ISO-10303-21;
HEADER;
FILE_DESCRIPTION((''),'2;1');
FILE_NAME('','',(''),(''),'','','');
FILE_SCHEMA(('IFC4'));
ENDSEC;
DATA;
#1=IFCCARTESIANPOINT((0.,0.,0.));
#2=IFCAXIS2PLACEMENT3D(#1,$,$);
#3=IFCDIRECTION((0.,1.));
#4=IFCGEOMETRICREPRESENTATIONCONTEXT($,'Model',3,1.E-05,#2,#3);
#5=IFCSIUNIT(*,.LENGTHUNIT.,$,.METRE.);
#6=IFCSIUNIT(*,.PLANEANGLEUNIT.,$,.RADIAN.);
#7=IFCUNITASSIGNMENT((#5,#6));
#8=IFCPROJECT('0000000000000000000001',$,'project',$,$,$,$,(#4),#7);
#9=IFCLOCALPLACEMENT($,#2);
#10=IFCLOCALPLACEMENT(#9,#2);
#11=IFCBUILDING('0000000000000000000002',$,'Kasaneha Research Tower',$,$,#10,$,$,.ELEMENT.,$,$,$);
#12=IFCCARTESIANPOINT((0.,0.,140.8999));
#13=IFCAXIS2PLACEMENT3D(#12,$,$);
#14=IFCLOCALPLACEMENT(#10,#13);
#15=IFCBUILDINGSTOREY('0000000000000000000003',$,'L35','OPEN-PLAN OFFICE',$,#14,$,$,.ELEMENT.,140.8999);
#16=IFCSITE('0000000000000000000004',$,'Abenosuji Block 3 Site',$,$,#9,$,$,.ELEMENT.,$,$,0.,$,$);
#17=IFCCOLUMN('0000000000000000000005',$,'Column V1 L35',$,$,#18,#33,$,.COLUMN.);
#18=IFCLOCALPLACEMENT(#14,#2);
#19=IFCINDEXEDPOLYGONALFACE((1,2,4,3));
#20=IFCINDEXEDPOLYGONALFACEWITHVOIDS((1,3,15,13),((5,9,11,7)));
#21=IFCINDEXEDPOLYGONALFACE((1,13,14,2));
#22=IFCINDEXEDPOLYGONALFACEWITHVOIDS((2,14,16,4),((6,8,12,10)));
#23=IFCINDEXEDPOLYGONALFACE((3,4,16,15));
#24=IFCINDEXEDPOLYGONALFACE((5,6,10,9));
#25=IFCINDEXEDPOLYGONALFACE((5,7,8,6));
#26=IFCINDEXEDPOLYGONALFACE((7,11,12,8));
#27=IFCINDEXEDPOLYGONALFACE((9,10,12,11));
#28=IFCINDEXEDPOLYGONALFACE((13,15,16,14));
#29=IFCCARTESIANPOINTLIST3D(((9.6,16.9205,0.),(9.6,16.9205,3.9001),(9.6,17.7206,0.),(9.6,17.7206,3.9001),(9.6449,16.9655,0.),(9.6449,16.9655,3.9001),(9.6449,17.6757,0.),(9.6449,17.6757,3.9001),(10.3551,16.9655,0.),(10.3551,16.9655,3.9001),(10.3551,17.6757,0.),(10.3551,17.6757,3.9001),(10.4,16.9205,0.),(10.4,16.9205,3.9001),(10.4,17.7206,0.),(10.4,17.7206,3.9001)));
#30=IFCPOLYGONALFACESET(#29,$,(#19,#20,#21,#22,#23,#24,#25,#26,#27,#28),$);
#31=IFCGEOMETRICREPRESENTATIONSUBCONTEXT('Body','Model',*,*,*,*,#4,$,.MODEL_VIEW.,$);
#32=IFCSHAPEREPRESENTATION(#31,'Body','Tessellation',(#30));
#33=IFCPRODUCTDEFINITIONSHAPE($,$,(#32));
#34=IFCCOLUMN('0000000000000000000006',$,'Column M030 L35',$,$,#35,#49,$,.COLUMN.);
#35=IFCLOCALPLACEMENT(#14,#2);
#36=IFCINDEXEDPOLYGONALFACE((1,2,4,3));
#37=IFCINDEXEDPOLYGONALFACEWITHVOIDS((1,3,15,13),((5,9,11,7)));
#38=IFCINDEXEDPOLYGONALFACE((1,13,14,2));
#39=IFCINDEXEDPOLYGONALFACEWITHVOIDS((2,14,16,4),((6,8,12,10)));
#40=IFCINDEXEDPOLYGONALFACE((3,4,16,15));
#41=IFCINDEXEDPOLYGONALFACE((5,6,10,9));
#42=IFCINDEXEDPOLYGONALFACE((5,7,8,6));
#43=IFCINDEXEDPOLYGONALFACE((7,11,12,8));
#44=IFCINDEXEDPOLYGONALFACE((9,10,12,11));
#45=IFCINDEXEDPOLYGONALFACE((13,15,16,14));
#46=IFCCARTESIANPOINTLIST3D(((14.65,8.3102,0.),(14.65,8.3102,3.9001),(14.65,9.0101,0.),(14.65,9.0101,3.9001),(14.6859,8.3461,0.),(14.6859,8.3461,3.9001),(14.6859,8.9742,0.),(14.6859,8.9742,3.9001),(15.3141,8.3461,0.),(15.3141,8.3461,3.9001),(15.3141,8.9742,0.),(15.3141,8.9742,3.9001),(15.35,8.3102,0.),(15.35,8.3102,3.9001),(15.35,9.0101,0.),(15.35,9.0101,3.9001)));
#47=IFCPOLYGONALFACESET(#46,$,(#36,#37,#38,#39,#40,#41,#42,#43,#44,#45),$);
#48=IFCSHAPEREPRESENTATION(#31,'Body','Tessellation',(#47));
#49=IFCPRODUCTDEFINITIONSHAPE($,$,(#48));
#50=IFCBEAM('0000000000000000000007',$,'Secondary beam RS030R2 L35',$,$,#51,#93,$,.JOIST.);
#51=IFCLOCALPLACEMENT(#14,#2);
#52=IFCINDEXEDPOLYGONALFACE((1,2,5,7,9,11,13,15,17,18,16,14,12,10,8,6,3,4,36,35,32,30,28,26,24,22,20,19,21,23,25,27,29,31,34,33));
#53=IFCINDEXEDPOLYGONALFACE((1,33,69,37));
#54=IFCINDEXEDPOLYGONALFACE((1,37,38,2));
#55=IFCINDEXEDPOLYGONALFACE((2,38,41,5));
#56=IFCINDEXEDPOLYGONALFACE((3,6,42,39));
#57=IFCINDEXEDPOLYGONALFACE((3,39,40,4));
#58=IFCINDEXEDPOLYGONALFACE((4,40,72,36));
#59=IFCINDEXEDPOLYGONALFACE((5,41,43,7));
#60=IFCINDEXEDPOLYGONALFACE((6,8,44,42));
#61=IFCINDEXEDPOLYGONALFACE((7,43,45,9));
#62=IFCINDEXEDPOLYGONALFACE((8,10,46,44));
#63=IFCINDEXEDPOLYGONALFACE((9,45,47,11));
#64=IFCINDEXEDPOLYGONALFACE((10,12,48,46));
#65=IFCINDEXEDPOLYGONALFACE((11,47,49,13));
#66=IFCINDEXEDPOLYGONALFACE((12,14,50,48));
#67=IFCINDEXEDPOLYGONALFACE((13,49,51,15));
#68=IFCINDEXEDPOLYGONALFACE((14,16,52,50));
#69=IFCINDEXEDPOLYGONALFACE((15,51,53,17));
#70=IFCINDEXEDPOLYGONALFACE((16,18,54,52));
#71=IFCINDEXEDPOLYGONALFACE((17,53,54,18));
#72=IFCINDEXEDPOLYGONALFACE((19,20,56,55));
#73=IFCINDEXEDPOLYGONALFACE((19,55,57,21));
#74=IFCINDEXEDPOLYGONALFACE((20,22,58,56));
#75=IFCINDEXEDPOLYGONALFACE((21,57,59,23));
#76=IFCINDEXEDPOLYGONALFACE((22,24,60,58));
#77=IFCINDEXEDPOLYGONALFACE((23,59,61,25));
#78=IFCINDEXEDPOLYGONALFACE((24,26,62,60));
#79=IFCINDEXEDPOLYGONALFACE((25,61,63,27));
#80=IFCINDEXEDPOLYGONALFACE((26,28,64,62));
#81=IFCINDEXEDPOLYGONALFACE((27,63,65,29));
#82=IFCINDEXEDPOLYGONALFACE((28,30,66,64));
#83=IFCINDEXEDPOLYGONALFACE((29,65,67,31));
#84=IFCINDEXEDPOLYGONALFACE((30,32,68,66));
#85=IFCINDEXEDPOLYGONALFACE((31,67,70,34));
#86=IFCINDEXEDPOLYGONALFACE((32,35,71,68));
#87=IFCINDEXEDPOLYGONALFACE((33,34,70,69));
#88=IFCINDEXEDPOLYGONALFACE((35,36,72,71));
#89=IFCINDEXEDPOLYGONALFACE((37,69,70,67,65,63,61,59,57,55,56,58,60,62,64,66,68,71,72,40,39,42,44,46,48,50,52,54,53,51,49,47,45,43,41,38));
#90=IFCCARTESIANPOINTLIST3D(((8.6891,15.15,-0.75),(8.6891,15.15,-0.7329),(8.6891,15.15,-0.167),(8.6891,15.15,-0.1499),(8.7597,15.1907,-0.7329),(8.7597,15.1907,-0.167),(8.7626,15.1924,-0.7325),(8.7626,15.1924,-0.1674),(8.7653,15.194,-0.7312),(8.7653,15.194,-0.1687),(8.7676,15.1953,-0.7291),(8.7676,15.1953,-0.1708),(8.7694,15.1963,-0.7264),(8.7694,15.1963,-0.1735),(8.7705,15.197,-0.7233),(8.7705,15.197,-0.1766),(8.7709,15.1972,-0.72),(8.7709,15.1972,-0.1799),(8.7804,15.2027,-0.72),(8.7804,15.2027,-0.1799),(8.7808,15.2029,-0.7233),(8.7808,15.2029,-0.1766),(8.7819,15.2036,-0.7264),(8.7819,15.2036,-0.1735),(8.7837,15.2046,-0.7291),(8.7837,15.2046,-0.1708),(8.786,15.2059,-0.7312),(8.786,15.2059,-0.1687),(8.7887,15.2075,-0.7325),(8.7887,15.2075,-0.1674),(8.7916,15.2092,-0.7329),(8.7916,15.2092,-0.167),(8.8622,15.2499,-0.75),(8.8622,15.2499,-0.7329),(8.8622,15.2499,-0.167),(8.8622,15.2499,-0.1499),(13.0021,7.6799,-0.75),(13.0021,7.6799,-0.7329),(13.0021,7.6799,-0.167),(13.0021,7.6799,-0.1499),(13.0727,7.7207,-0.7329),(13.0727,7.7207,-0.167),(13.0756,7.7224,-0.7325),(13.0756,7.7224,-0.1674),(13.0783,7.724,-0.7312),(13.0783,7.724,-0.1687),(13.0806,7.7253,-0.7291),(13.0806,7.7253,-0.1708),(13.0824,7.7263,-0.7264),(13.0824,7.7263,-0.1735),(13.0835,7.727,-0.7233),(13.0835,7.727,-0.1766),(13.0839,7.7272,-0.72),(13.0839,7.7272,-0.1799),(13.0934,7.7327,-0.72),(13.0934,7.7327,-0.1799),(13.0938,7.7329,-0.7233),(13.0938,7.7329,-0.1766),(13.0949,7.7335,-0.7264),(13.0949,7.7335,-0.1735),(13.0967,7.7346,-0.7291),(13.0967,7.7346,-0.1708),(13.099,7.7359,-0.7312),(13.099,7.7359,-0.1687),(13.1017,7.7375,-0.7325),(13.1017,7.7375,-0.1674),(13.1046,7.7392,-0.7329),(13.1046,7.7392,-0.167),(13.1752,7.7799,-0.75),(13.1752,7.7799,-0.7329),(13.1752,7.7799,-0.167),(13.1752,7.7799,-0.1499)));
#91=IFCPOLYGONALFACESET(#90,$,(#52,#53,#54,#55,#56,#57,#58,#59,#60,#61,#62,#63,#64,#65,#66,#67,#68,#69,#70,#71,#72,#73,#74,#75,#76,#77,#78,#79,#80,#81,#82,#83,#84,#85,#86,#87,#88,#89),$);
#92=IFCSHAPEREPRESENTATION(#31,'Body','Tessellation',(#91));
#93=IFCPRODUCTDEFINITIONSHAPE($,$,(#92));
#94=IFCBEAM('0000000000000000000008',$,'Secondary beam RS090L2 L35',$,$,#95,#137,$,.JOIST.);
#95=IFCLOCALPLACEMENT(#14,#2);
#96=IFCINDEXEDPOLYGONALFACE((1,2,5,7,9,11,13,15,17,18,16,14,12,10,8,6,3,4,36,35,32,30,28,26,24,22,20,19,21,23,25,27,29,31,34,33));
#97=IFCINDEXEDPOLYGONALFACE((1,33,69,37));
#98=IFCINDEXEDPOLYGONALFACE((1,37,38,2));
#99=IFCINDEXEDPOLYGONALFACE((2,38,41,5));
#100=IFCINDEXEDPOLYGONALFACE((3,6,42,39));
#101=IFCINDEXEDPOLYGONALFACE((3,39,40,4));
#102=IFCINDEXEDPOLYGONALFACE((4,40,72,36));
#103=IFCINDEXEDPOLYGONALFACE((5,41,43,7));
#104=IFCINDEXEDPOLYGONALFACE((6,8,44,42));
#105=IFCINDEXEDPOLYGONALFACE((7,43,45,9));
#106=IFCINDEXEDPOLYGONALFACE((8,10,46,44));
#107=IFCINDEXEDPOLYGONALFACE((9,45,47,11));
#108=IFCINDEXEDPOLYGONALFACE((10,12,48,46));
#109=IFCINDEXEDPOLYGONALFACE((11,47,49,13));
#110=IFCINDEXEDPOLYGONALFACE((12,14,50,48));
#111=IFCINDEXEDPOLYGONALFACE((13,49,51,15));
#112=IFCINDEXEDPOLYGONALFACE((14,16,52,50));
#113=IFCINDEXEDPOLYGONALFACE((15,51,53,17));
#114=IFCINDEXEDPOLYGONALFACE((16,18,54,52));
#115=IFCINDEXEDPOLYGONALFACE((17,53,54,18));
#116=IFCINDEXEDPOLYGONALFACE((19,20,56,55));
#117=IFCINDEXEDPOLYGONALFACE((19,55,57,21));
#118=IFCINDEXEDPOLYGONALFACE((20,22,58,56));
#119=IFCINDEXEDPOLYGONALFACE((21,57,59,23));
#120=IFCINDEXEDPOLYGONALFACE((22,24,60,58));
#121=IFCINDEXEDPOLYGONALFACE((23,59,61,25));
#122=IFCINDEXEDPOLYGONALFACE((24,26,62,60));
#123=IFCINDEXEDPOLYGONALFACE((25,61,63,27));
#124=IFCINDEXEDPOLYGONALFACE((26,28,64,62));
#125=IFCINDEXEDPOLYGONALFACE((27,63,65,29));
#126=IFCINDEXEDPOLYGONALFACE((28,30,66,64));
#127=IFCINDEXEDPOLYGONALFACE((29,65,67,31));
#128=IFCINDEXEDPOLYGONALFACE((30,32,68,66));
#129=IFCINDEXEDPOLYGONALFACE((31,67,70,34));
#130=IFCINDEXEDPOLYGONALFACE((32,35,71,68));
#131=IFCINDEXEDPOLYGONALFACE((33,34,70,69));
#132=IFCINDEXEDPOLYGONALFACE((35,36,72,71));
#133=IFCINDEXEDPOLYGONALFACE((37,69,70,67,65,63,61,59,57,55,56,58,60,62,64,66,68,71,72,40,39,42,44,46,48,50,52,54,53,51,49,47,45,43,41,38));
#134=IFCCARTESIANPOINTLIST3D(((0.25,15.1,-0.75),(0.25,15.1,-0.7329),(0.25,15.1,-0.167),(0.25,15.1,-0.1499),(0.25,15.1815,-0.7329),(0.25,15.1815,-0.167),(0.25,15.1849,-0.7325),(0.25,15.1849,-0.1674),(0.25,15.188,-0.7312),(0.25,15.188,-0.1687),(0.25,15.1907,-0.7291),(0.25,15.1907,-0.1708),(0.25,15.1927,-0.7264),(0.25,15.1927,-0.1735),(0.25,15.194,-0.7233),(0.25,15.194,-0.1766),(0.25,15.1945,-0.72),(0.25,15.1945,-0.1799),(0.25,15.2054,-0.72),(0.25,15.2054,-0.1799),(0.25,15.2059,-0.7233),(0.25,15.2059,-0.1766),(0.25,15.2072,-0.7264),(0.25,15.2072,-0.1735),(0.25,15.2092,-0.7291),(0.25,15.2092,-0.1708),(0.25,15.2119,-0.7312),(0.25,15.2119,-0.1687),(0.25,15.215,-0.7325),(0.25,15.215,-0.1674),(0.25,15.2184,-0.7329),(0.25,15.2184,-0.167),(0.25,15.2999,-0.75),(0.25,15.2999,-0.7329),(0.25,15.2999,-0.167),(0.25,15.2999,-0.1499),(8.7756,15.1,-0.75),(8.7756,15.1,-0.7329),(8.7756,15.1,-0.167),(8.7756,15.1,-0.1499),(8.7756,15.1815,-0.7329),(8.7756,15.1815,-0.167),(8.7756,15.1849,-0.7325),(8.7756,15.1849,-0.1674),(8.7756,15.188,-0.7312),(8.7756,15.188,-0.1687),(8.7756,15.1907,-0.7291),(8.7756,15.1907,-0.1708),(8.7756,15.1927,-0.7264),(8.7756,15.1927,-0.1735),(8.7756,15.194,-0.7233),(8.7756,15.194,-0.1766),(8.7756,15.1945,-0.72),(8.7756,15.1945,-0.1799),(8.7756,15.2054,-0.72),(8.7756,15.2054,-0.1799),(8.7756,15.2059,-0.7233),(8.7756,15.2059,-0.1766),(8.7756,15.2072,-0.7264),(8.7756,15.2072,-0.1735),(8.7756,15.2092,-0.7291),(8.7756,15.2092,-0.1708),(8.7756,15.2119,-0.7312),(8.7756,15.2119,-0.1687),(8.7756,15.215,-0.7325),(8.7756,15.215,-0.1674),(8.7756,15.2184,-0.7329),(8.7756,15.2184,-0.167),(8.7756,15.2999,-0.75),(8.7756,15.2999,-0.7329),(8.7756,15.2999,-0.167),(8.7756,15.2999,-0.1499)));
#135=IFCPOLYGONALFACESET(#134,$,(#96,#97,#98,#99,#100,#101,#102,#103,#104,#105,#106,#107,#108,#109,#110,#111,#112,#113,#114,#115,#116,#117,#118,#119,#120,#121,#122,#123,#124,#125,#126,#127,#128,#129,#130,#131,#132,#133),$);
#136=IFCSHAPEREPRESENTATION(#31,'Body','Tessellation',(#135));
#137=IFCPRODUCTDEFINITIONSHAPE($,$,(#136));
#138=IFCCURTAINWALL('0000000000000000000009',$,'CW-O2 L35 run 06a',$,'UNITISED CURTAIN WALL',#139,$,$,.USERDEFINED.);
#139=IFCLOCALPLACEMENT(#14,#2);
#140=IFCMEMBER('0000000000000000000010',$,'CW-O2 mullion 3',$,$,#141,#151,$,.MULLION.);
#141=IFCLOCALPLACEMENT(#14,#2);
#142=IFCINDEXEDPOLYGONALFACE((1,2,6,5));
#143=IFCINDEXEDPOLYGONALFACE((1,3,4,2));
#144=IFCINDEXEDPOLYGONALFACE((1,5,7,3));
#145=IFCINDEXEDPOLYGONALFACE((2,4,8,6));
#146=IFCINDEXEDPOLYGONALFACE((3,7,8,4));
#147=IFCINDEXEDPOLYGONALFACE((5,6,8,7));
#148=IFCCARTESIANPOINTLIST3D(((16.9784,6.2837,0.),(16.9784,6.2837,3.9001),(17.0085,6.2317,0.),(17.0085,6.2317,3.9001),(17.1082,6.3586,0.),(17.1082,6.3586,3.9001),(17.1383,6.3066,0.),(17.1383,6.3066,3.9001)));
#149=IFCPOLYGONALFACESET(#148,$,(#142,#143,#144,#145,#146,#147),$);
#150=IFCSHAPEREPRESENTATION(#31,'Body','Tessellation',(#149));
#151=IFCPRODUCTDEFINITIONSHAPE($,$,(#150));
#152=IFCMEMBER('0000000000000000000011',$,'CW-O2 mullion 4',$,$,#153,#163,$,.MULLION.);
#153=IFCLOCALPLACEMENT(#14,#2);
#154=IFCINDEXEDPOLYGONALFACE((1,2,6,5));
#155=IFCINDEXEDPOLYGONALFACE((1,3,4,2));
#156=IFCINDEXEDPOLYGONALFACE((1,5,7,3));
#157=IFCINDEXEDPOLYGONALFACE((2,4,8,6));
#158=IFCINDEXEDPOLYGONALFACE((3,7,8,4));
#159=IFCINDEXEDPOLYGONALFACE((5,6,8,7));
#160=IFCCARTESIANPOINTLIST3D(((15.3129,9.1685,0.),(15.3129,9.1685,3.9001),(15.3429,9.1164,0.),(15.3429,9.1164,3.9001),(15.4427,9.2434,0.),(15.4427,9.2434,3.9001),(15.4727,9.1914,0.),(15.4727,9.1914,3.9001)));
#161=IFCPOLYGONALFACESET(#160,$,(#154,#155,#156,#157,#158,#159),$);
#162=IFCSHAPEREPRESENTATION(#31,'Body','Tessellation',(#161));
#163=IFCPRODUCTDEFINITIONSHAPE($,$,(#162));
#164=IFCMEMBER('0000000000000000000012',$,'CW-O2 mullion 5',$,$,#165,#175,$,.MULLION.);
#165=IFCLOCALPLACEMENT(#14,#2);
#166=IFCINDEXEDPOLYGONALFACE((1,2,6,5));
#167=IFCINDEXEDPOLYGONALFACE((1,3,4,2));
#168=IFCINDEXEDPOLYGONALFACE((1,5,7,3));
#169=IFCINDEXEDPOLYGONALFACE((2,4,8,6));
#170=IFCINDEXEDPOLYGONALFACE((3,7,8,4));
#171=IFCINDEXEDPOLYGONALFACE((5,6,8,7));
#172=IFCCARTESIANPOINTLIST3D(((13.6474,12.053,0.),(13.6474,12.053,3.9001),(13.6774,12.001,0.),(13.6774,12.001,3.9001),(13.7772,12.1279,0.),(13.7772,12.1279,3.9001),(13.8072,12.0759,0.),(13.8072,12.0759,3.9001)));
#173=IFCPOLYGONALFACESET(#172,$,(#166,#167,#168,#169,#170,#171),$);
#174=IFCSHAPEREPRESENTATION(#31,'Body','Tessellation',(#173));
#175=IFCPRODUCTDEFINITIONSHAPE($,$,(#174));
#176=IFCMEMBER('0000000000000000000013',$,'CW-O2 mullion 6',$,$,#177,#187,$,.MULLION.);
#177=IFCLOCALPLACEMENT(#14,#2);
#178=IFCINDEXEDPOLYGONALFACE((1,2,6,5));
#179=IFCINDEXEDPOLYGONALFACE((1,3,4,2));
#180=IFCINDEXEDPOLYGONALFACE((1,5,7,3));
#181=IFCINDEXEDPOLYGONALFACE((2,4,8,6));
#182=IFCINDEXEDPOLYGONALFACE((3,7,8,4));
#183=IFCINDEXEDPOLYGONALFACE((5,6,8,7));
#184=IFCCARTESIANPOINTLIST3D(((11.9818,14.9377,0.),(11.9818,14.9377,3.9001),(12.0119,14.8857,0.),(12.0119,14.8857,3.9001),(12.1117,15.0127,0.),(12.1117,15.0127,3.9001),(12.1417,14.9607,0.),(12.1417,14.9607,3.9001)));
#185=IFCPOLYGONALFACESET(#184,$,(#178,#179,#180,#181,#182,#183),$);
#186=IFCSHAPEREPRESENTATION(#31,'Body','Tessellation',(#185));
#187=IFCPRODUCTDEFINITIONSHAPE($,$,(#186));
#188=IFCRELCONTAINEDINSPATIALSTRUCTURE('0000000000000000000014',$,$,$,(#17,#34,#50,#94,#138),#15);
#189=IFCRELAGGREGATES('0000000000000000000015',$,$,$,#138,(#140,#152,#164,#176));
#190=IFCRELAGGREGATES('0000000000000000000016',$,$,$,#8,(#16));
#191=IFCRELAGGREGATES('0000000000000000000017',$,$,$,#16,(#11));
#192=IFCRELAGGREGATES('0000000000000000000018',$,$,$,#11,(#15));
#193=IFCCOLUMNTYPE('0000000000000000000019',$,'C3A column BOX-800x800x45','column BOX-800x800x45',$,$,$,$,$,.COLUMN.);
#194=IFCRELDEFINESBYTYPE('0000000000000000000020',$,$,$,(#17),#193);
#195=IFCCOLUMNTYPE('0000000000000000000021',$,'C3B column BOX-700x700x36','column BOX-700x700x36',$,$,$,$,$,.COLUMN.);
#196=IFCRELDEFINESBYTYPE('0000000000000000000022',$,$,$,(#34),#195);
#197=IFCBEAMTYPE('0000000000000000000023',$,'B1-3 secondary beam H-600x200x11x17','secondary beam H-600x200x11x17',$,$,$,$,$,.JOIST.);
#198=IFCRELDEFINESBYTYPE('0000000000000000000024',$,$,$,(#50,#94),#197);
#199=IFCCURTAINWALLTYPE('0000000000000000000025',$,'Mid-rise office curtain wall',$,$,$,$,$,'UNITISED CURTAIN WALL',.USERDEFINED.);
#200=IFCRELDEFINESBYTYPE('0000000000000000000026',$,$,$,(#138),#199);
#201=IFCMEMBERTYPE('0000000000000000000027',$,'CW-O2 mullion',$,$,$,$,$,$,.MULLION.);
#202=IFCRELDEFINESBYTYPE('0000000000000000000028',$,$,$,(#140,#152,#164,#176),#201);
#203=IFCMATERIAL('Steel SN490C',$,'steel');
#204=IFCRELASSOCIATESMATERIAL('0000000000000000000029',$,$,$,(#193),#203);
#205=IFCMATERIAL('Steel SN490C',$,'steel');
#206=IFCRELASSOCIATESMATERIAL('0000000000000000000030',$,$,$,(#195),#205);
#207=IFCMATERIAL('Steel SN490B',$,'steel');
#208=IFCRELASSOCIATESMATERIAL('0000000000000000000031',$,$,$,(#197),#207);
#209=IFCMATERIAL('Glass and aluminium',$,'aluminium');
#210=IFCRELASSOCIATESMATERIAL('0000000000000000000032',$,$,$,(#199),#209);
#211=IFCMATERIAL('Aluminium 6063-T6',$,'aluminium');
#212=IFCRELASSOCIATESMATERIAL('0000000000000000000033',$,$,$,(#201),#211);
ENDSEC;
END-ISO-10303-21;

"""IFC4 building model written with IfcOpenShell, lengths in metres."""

from ifc_helpers import new_model, si_unit, direction, frame, origin, origin_2d, place, context, subcontext, project, spatial, rectangle, hollow_rectangle, i_section, extrude, material, material_profile, profile_set, type_object, element, aggregate, save


model = new_model("IFC4")

# Units and contexts
model_context = context("Model", 3, precision=1e-05, world=origin(), true_north=direction((0.0, 1.0)))
body_context = subcontext(model_context, "Body", "Model", "MODEL_VIEW")
ifc_project = project(units=[si_unit("LENGTHUNIT", "METRE"), si_unit("PLANEANGLEUNIT", "RADIAN")], contexts=[model_context])

# Site, building, storey
site_placement = place(None, origin())
site = spatial("IfcSite", under=ifc_project, at=site_placement, Name="Abenosuji Block 3 Site", CompositionType="ELEMENT", RefElevation=0.0)
building_placement = place(site_placement, origin())
building = spatial("IfcBuilding", under=site, at=building_placement, Name="Kasaneha Research Tower", CompositionType="ELEMENT")
storey_placement = place(building_placement, frame((0.0, 0.0, 140.8999)))
storey = spatial("IfcBuildingStorey", under=building, at=storey_placement, Name="L35", Description="OPEN-PLAN OFFICE", CompositionType="ELEMENT", Elevation=140.8999)

# Columns
ifc_material_1 = material(Name="Steel SN490C", Category="steel")
ifc_material_profile_1 = material_profile(ifc_material_1, hollow_rectangle(XDim=0.8, YDim=0.8, WallThickness=0.0449, at=origin_2d()), Name="BOX-800x800x45")
ifc_profile_set_1 = profile_set([ifc_material_profile_1], Name="Steel SN490C")
column_type_1 = type_object("IfcColumnType", Name="C3A column BOX-800x800x45", Description="column BOX-800x800x45", PredefinedType="COLUMN", material=ifc_profile_set_1)
column_1_placement = place(storey_placement, frame((10.0, 17.3206, 0.0), z_axis=(0.0, 0.0, 1.0), x_axis=(1.0, 0.0, 0.0)))
element("IfcColumn", 1, at=column_1_placement, inside=storey, type_object=column_type_1, Name="Column V1 L35", PredefinedType="COLUMN", context=body_context, shape_type="SweptSolid", body=[
    extrude(hollow_rectangle(XDim=0.8, YDim=0.8, WallThickness=0.0449, at=origin_2d()), origin(), (0.0, 0.0, 1.0), 3.9001),
])
ifc_material_2 = material(Name="Steel SN490C", Category="steel")
ifc_material_profile_2 = material_profile(ifc_material_2, hollow_rectangle(XDim=0.7, YDim=0.7, WallThickness=0.0359, at=origin_2d()), Name="BOX-700x700x36")
ifc_profile_set_2 = profile_set([ifc_material_profile_2], Name="Steel SN490C")
column_type_2 = type_object("IfcColumnType", Name="C3B column BOX-700x700x36", Description="column BOX-700x700x36", PredefinedType="COLUMN", material=ifc_profile_set_2)
column_2_placement = place(storey_placement, frame((15.0, 8.6602, 0.0), z_axis=(0.0, 0.0, 1.0), x_axis=(1.0, 0.0, 0.0)))
element("IfcColumn", 2, at=column_2_placement, inside=storey, type_object=column_type_2, Name="Column M030 L35", PredefinedType="COLUMN", context=body_context, shape_type="SweptSolid", body=[
    extrude(hollow_rectangle(XDim=0.7, YDim=0.7, WallThickness=0.0359, at=origin_2d()), origin(), (0.0, 0.0, 1.0), 3.9001),
])

# Beams
ifc_material_3 = material(Name="Steel SN490B", Category="steel")
ifc_material_profile_3 = material_profile(ifc_material_3, i_section(OverallWidth=0.2, OverallDepth=0.6001, WebThickness=0.011, FlangeThickness=0.0171, FilletRadius=0.0129, at=origin_2d()), Name="H-600x200x11x17")
ifc_profile_set_3 = profile_set([ifc_material_profile_3], Name="Steel SN490B")
beam_type_1 = type_object("IfcBeamType", Name="B1-3 secondary beam H-600x200x11x17", Description="secondary beam H-600x200x11x17", PredefinedType="JOIST", material=ifc_profile_set_3)
beam_1_placement = place(storey_placement, frame((8.7756, 15.2, -0.45), z_axis=(0.500017, -0.866015, 0.0), x_axis=(0.866015, 0.500017, 0.0)))
element("IfcBeam", 3, at=beam_1_placement, inside=storey, type_object=beam_type_1, Name="Secondary beam RS030R2 L35", PredefinedType="JOIST", context=body_context, shape_type="SweptSolid", body=[
    extrude(i_section(OverallWidth=0.2, OverallDepth=0.6001, WebThickness=0.011, FlangeThickness=0.0171, FilletRadius=0.0129, at=origin_2d()), origin(), (0.0, 0.0, 1.0), 8.6257),
])
beam_2_placement = place(storey_placement, frame((8.7756, 15.2, -0.45), z_axis=(-1.0, 0.0, 0.0), x_axis=(0.0, -1.0, 0.0)))
element("IfcBeam", 4, at=beam_2_placement, inside=storey, type_object=beam_type_1, Name="Secondary beam RS090L2 L35", PredefinedType="JOIST", context=body_context, shape_type="SweptSolid", body=[
    extrude(i_section(OverallWidth=0.2, OverallDepth=0.6001, WebThickness=0.011, FlangeThickness=0.0171, FilletRadius=0.0129, at=origin_2d()), origin(), (0.0, 0.0, 1.0), 8.5256),
])

# Curtain wall, members
ifc_material_4 = material(Name="Glass and aluminium", Category="aluminium")
curtain_wall_type = type_object("IfcCurtainWallType", Name="Mid-rise office curtain wall", ElementType="UNITISED CURTAIN WALL", PredefinedType="USERDEFINED", material=ifc_material_4)
curtain_wall_1_placement = place(storey_placement, origin())
curtain_wall_1 = element("IfcCurtainWall", 5, at=curtain_wall_1_placement, inside=storey, type_object=curtain_wall_type, Name="CW-O2 L35 run 06a", ObjectType="UNITISED CURTAIN WALL", PredefinedType="USERDEFINED")
ifc_material_5 = material(Name="Aluminium 6063-T6", Category="aluminium")
ifc_material_profile_4 = material_profile(ifc_material_5, rectangle(XDim=0.0601, YDim=0.1499, at=origin_2d()), Name="CW-O2 mullion 60x150")
ifc_profile_set_4 = profile_set([ifc_material_profile_4], Name="Aluminium 6063-T6")
member_type_1 = type_object("IfcMemberType", Name="CW-O2 mullion", PredefinedType="MULLION", material=ifc_profile_set_4)
member_1_placement = place(storey_placement, frame((17.0583, 6.2952, 0.0), z_axis=(0.0, 0.0, 1.0), x_axis=(-0.5, 0.866025, 0.0)))
member_1 = element("IfcMember", 6, at=member_1_placement, type_object=member_type_1, Name="CW-O2 mullion 3", PredefinedType="MULLION", context=body_context, shape_type="SweptSolid", body=[
    extrude(rectangle(XDim=0.0601, YDim=0.1499, at=origin_2d()), origin(), (0.0, 0.0, 1.0), 3.9001),
])
member_2_placement = place(storey_placement, frame((15.3928, 9.1799, 0.0), z_axis=(0.0, 0.0, 1.0), x_axis=(-0.5, 0.866025, 0.0)))
member_2 = element("IfcMember", 7, at=member_2_placement, type_object=member_type_1, Name="CW-O2 mullion 4", PredefinedType="MULLION", context=body_context, shape_type="SweptSolid", body=[
    extrude(rectangle(XDim=0.0601, YDim=0.1499, at=origin_2d()), origin(), (0.0, 0.0, 1.0), 3.9001),
])
member_3_placement = place(storey_placement, frame((13.7273, 12.0645, 0.0), z_axis=(0.0, 0.0, 1.0), x_axis=(-0.5, 0.866025, 0.0)))
member_3 = element("IfcMember", 8, at=member_3_placement, type_object=member_type_1, Name="CW-O2 mullion 5", PredefinedType="MULLION", context=body_context, shape_type="SweptSolid", body=[
    extrude(rectangle(XDim=0.0601, YDim=0.1499, at=origin_2d()), origin(), (0.0, 0.0, 1.0), 3.9001),
])
member_4_placement = place(storey_placement, frame((12.0618, 14.9492, 0.0), z_axis=(0.0, 0.0, 1.0), x_axis=(-0.5, 0.866025, 0.0)))
member_4 = element("IfcMember", 9, at=member_4_placement, type_object=member_type_1, Name="CW-O2 mullion 6", PredefinedType="MULLION", context=body_context, shape_type="SweptSolid", body=[
    extrude(rectangle(XDim=0.0601, YDim=0.1499, at=origin_2d()), origin(), (0.0, 0.0, 1.0), 3.9001),
])

aggregate(curtain_wall_1, [member_1, member_2, member_3, member_4])

save(model, "model.ifc")
